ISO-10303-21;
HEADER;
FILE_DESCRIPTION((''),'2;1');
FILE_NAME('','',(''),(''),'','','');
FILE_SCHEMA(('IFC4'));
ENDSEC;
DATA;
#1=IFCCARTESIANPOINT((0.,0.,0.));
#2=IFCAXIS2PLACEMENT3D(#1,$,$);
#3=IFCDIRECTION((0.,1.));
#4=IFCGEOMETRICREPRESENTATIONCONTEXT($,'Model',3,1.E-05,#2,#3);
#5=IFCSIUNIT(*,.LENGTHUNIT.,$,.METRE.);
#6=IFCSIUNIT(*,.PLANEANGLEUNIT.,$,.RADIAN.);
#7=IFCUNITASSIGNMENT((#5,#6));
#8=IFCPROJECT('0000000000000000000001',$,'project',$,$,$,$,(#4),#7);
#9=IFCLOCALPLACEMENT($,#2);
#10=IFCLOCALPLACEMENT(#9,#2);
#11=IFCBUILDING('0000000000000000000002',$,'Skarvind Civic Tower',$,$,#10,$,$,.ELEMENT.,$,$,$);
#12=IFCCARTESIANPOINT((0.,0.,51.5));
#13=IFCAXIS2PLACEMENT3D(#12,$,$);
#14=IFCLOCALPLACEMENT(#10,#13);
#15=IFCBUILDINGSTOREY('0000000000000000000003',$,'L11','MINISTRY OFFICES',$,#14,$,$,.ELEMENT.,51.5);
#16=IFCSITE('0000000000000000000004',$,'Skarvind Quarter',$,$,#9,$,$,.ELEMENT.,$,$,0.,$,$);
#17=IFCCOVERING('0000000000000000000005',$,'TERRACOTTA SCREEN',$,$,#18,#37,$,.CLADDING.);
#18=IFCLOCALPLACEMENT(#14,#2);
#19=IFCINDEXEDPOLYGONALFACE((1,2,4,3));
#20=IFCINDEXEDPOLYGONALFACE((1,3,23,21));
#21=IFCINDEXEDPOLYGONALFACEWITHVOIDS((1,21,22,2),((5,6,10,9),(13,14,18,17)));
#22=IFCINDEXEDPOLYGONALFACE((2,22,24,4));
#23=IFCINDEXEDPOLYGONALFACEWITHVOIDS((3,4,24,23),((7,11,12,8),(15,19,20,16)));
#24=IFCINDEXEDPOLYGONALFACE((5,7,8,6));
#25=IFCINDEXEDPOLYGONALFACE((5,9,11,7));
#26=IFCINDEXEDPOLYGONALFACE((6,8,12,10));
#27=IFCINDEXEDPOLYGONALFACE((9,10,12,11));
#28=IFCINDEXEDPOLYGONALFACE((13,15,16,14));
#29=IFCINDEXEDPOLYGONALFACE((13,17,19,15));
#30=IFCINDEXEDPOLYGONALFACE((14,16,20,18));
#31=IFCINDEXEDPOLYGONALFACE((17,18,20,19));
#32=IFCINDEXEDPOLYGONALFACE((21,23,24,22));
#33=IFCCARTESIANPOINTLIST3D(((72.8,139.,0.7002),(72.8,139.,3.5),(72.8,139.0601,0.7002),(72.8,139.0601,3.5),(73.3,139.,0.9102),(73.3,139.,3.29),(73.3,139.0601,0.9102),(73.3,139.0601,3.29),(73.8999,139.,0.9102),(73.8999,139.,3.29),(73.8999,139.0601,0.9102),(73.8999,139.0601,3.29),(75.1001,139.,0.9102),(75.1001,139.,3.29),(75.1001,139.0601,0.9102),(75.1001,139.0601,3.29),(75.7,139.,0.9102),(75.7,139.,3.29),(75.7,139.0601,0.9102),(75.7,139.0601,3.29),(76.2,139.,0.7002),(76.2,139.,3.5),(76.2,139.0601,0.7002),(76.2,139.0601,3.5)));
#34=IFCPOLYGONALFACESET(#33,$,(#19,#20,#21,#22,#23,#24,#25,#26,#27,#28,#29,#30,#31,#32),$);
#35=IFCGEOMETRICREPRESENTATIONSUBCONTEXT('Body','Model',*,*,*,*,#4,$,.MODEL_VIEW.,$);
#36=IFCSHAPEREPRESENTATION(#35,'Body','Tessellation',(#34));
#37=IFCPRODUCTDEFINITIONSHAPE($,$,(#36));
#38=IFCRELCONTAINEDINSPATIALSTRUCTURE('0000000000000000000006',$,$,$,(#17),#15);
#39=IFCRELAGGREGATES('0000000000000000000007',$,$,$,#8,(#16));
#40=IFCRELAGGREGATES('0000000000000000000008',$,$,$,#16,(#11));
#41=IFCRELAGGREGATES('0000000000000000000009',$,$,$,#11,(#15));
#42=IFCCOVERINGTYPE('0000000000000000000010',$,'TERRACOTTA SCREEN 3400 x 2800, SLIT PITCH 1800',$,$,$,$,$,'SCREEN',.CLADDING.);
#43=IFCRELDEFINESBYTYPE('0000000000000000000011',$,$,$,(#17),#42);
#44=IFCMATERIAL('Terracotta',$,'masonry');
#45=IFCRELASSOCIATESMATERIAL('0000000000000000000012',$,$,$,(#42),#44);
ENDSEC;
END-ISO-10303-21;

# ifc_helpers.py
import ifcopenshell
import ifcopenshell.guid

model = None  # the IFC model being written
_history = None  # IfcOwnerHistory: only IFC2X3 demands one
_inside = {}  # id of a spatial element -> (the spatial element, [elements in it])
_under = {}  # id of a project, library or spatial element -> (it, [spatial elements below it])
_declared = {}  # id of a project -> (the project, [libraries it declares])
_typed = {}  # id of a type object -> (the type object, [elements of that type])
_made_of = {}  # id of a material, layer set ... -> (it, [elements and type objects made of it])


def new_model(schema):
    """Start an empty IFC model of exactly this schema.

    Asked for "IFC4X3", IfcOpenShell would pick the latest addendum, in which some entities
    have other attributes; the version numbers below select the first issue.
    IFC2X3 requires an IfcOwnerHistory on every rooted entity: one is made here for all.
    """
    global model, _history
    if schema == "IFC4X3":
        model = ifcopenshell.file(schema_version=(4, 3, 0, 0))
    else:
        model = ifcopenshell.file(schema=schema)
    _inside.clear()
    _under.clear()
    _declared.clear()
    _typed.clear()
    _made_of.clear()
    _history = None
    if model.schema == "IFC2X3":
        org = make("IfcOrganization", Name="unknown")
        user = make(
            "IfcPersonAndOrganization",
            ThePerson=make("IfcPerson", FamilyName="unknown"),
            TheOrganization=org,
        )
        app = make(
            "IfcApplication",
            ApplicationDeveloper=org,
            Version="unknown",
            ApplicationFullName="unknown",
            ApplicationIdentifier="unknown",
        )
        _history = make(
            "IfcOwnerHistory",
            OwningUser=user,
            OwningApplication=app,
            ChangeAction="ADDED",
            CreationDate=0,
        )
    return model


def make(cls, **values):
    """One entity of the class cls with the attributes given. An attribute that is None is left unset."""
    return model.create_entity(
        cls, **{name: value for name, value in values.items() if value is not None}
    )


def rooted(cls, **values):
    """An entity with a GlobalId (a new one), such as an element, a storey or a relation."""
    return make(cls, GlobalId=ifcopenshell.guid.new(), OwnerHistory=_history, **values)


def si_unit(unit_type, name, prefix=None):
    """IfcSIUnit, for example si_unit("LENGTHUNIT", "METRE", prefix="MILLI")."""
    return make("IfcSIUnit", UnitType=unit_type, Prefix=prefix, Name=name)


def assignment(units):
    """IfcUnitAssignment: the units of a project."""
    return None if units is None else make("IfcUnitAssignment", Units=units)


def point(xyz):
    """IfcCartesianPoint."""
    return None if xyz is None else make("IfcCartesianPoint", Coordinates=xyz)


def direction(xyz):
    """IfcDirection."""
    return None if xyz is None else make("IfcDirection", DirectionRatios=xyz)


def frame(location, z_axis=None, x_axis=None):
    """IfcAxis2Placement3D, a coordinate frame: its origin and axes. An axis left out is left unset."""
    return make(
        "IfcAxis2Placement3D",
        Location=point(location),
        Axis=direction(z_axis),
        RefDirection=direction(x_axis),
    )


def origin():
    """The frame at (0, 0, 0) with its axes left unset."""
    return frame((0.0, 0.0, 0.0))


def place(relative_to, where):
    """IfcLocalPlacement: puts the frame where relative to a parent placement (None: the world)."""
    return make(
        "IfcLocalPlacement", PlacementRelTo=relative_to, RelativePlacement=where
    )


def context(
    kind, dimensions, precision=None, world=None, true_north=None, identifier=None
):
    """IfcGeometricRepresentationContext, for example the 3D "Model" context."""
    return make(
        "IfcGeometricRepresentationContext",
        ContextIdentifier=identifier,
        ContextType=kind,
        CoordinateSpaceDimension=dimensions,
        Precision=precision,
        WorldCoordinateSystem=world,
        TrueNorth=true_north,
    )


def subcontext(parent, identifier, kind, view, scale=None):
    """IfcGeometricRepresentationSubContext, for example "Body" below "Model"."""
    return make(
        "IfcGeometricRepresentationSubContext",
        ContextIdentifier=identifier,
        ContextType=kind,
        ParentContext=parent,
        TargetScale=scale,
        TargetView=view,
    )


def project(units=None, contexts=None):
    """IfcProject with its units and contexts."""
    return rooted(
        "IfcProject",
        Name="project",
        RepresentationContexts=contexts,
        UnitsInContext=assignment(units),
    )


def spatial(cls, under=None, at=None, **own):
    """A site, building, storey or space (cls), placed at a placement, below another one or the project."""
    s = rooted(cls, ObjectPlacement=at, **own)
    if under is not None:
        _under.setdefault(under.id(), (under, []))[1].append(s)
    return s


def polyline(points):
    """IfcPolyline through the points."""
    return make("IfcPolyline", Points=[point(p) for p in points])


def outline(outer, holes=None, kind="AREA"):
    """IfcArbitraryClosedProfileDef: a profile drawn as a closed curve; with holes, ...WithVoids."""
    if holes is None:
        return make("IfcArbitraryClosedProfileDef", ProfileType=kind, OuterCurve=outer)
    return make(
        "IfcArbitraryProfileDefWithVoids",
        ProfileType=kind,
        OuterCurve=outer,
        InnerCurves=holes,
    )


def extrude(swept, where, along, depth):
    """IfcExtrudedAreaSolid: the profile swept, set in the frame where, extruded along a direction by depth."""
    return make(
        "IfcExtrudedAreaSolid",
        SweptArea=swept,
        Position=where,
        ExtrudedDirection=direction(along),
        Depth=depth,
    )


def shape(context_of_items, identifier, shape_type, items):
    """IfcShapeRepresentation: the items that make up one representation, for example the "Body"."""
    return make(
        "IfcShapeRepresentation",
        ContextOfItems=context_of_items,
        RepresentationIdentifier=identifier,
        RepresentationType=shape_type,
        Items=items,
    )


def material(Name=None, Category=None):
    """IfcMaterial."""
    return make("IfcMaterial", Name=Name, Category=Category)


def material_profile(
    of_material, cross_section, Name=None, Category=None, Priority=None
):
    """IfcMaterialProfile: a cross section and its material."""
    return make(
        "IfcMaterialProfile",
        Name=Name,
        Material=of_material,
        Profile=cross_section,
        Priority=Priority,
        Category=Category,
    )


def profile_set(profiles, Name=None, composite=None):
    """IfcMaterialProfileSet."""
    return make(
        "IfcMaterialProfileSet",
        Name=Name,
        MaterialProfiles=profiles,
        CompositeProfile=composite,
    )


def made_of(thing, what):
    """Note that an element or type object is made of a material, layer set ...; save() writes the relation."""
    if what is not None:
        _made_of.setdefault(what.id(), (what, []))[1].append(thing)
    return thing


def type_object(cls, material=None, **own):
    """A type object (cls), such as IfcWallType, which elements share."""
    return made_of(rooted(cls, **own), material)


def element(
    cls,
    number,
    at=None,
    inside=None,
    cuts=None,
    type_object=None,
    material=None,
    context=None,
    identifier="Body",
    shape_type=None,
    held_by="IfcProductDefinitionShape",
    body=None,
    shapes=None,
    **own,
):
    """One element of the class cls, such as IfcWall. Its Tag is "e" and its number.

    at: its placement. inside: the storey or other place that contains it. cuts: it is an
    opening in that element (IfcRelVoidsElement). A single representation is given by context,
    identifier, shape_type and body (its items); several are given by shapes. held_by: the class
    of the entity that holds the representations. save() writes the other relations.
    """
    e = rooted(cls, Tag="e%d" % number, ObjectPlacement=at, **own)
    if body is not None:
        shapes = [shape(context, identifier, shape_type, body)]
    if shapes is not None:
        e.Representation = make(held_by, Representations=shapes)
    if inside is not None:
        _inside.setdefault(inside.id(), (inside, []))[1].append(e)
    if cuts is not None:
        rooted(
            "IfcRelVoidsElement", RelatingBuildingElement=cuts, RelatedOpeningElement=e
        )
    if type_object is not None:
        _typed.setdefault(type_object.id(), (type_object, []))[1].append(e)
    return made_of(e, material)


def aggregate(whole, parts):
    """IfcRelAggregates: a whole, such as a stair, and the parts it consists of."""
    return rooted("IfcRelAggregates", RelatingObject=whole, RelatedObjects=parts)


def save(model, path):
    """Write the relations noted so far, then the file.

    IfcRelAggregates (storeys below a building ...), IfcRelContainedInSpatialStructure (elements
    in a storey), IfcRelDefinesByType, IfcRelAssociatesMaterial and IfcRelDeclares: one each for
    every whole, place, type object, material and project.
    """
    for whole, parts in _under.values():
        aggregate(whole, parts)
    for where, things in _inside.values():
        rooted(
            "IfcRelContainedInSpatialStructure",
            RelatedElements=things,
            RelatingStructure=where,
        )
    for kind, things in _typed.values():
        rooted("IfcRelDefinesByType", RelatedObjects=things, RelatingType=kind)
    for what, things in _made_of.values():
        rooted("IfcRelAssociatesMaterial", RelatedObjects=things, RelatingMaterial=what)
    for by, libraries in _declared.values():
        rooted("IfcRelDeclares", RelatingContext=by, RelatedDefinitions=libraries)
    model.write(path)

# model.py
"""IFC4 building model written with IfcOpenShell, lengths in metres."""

from ifc_helpers import new_model, si_unit, direction, frame, origin, place, context, subcontext, project, spatial, polyline, outline, extrude, material, material_profile, profile_set, type_object, element, save


model = new_model("IFC4")

# Units and contexts
model_context = context("Model", 3, precision=1e-05, world=origin(), true_north=direction((0.0, 1.0)))
body_context = subcontext(model_context, "Body", "Model", "MODEL_VIEW")
ifc_project = project(units=[si_unit("LENGTHUNIT", "METRE"), si_unit("PLANEANGLEUNIT", "RADIAN")], contexts=[model_context])

# Site, building, storey
site_placement = place(None, origin())
site = spatial("IfcSite", under=ifc_project, at=site_placement, Name="Skarvind Quarter", CompositionType="ELEMENT", RefElevation=0.0)
building_placement = place(site_placement, origin())
building = spatial("IfcBuilding", under=site, at=building_placement, Name="Skarvind Civic Tower", CompositionType="ELEMENT")
storey_placement = place(building_placement, frame((0.0, 0.0, 51.5)))
storey = spatial("IfcBuildingStorey", under=building, at=storey_placement, Name="L11", Description="MINISTRY OFFICES", CompositionType="ELEMENT", Elevation=51.5)

# Covering
ifc_material_1 = material(Name="Terracotta", Category="masonry")
ifc_material_profile_1 = material_profile(ifc_material_1, outline(polyline([(-1.7, -1.3999), (1.7, -1.3999), (1.7, 1.3999), (-1.7, 1.3999), (-1.7, -1.3999)]), holes=[polyline([(-1.2, -1.1899), (-0.6001, -1.1899), (-0.6001, 1.1899), (-1.2, 1.1899), (-1.2, -1.1899)]), polyline([(0.6001, -1.1899), (1.2, -1.1899), (1.2, 1.1899), (0.6001, 1.1899), (0.6001, -1.1899)])]), Name="TERRACOTTA SCREEN 3400 x 2800, SLIT PITCH 1800")
ifc_profile_set_1 = profile_set([ifc_material_profile_1], Name="Terracotta")
covering_type_1 = type_object("IfcCoveringType", Name="TERRACOTTA SCREEN 3400 x 2800, SLIT PITCH 1800", ElementType="SCREEN", PredefinedType="CLADDING", material=ifc_profile_set_1)
covering_placement = place(storey_placement, frame((74.5, 139.0, 2.1001), z_axis=(0.0, 1.0, 0.0), x_axis=(-1.0, 0.0, 0.0)))
element("IfcCovering", 1, at=covering_placement, inside=storey, type_object=covering_type_1, Name="TERRACOTTA SCREEN", PredefinedType="CLADDING", context=body_context, shape_type="SweptSolid", body=[
    extrude(outline(polyline([(-1.7, -1.3999), (1.7, -1.3999), (1.7, 1.3999), (-1.7, 1.3999), (-1.7, -1.3999)]), holes=[polyline([(-1.2, -1.1899), (-0.6001, -1.1899), (-0.6001, 1.1899), (-1.2, 1.1899), (-1.2, -1.1899)]), polyline([(0.6001, -1.1899), (1.2, -1.1899), (1.2, 1.1899), (0.6001, 1.1899), (0.6001, -1.1899)])]), origin(), (0.0, 0.0, 1.0), 0.0601),
])

save(model, "model.ifc")
